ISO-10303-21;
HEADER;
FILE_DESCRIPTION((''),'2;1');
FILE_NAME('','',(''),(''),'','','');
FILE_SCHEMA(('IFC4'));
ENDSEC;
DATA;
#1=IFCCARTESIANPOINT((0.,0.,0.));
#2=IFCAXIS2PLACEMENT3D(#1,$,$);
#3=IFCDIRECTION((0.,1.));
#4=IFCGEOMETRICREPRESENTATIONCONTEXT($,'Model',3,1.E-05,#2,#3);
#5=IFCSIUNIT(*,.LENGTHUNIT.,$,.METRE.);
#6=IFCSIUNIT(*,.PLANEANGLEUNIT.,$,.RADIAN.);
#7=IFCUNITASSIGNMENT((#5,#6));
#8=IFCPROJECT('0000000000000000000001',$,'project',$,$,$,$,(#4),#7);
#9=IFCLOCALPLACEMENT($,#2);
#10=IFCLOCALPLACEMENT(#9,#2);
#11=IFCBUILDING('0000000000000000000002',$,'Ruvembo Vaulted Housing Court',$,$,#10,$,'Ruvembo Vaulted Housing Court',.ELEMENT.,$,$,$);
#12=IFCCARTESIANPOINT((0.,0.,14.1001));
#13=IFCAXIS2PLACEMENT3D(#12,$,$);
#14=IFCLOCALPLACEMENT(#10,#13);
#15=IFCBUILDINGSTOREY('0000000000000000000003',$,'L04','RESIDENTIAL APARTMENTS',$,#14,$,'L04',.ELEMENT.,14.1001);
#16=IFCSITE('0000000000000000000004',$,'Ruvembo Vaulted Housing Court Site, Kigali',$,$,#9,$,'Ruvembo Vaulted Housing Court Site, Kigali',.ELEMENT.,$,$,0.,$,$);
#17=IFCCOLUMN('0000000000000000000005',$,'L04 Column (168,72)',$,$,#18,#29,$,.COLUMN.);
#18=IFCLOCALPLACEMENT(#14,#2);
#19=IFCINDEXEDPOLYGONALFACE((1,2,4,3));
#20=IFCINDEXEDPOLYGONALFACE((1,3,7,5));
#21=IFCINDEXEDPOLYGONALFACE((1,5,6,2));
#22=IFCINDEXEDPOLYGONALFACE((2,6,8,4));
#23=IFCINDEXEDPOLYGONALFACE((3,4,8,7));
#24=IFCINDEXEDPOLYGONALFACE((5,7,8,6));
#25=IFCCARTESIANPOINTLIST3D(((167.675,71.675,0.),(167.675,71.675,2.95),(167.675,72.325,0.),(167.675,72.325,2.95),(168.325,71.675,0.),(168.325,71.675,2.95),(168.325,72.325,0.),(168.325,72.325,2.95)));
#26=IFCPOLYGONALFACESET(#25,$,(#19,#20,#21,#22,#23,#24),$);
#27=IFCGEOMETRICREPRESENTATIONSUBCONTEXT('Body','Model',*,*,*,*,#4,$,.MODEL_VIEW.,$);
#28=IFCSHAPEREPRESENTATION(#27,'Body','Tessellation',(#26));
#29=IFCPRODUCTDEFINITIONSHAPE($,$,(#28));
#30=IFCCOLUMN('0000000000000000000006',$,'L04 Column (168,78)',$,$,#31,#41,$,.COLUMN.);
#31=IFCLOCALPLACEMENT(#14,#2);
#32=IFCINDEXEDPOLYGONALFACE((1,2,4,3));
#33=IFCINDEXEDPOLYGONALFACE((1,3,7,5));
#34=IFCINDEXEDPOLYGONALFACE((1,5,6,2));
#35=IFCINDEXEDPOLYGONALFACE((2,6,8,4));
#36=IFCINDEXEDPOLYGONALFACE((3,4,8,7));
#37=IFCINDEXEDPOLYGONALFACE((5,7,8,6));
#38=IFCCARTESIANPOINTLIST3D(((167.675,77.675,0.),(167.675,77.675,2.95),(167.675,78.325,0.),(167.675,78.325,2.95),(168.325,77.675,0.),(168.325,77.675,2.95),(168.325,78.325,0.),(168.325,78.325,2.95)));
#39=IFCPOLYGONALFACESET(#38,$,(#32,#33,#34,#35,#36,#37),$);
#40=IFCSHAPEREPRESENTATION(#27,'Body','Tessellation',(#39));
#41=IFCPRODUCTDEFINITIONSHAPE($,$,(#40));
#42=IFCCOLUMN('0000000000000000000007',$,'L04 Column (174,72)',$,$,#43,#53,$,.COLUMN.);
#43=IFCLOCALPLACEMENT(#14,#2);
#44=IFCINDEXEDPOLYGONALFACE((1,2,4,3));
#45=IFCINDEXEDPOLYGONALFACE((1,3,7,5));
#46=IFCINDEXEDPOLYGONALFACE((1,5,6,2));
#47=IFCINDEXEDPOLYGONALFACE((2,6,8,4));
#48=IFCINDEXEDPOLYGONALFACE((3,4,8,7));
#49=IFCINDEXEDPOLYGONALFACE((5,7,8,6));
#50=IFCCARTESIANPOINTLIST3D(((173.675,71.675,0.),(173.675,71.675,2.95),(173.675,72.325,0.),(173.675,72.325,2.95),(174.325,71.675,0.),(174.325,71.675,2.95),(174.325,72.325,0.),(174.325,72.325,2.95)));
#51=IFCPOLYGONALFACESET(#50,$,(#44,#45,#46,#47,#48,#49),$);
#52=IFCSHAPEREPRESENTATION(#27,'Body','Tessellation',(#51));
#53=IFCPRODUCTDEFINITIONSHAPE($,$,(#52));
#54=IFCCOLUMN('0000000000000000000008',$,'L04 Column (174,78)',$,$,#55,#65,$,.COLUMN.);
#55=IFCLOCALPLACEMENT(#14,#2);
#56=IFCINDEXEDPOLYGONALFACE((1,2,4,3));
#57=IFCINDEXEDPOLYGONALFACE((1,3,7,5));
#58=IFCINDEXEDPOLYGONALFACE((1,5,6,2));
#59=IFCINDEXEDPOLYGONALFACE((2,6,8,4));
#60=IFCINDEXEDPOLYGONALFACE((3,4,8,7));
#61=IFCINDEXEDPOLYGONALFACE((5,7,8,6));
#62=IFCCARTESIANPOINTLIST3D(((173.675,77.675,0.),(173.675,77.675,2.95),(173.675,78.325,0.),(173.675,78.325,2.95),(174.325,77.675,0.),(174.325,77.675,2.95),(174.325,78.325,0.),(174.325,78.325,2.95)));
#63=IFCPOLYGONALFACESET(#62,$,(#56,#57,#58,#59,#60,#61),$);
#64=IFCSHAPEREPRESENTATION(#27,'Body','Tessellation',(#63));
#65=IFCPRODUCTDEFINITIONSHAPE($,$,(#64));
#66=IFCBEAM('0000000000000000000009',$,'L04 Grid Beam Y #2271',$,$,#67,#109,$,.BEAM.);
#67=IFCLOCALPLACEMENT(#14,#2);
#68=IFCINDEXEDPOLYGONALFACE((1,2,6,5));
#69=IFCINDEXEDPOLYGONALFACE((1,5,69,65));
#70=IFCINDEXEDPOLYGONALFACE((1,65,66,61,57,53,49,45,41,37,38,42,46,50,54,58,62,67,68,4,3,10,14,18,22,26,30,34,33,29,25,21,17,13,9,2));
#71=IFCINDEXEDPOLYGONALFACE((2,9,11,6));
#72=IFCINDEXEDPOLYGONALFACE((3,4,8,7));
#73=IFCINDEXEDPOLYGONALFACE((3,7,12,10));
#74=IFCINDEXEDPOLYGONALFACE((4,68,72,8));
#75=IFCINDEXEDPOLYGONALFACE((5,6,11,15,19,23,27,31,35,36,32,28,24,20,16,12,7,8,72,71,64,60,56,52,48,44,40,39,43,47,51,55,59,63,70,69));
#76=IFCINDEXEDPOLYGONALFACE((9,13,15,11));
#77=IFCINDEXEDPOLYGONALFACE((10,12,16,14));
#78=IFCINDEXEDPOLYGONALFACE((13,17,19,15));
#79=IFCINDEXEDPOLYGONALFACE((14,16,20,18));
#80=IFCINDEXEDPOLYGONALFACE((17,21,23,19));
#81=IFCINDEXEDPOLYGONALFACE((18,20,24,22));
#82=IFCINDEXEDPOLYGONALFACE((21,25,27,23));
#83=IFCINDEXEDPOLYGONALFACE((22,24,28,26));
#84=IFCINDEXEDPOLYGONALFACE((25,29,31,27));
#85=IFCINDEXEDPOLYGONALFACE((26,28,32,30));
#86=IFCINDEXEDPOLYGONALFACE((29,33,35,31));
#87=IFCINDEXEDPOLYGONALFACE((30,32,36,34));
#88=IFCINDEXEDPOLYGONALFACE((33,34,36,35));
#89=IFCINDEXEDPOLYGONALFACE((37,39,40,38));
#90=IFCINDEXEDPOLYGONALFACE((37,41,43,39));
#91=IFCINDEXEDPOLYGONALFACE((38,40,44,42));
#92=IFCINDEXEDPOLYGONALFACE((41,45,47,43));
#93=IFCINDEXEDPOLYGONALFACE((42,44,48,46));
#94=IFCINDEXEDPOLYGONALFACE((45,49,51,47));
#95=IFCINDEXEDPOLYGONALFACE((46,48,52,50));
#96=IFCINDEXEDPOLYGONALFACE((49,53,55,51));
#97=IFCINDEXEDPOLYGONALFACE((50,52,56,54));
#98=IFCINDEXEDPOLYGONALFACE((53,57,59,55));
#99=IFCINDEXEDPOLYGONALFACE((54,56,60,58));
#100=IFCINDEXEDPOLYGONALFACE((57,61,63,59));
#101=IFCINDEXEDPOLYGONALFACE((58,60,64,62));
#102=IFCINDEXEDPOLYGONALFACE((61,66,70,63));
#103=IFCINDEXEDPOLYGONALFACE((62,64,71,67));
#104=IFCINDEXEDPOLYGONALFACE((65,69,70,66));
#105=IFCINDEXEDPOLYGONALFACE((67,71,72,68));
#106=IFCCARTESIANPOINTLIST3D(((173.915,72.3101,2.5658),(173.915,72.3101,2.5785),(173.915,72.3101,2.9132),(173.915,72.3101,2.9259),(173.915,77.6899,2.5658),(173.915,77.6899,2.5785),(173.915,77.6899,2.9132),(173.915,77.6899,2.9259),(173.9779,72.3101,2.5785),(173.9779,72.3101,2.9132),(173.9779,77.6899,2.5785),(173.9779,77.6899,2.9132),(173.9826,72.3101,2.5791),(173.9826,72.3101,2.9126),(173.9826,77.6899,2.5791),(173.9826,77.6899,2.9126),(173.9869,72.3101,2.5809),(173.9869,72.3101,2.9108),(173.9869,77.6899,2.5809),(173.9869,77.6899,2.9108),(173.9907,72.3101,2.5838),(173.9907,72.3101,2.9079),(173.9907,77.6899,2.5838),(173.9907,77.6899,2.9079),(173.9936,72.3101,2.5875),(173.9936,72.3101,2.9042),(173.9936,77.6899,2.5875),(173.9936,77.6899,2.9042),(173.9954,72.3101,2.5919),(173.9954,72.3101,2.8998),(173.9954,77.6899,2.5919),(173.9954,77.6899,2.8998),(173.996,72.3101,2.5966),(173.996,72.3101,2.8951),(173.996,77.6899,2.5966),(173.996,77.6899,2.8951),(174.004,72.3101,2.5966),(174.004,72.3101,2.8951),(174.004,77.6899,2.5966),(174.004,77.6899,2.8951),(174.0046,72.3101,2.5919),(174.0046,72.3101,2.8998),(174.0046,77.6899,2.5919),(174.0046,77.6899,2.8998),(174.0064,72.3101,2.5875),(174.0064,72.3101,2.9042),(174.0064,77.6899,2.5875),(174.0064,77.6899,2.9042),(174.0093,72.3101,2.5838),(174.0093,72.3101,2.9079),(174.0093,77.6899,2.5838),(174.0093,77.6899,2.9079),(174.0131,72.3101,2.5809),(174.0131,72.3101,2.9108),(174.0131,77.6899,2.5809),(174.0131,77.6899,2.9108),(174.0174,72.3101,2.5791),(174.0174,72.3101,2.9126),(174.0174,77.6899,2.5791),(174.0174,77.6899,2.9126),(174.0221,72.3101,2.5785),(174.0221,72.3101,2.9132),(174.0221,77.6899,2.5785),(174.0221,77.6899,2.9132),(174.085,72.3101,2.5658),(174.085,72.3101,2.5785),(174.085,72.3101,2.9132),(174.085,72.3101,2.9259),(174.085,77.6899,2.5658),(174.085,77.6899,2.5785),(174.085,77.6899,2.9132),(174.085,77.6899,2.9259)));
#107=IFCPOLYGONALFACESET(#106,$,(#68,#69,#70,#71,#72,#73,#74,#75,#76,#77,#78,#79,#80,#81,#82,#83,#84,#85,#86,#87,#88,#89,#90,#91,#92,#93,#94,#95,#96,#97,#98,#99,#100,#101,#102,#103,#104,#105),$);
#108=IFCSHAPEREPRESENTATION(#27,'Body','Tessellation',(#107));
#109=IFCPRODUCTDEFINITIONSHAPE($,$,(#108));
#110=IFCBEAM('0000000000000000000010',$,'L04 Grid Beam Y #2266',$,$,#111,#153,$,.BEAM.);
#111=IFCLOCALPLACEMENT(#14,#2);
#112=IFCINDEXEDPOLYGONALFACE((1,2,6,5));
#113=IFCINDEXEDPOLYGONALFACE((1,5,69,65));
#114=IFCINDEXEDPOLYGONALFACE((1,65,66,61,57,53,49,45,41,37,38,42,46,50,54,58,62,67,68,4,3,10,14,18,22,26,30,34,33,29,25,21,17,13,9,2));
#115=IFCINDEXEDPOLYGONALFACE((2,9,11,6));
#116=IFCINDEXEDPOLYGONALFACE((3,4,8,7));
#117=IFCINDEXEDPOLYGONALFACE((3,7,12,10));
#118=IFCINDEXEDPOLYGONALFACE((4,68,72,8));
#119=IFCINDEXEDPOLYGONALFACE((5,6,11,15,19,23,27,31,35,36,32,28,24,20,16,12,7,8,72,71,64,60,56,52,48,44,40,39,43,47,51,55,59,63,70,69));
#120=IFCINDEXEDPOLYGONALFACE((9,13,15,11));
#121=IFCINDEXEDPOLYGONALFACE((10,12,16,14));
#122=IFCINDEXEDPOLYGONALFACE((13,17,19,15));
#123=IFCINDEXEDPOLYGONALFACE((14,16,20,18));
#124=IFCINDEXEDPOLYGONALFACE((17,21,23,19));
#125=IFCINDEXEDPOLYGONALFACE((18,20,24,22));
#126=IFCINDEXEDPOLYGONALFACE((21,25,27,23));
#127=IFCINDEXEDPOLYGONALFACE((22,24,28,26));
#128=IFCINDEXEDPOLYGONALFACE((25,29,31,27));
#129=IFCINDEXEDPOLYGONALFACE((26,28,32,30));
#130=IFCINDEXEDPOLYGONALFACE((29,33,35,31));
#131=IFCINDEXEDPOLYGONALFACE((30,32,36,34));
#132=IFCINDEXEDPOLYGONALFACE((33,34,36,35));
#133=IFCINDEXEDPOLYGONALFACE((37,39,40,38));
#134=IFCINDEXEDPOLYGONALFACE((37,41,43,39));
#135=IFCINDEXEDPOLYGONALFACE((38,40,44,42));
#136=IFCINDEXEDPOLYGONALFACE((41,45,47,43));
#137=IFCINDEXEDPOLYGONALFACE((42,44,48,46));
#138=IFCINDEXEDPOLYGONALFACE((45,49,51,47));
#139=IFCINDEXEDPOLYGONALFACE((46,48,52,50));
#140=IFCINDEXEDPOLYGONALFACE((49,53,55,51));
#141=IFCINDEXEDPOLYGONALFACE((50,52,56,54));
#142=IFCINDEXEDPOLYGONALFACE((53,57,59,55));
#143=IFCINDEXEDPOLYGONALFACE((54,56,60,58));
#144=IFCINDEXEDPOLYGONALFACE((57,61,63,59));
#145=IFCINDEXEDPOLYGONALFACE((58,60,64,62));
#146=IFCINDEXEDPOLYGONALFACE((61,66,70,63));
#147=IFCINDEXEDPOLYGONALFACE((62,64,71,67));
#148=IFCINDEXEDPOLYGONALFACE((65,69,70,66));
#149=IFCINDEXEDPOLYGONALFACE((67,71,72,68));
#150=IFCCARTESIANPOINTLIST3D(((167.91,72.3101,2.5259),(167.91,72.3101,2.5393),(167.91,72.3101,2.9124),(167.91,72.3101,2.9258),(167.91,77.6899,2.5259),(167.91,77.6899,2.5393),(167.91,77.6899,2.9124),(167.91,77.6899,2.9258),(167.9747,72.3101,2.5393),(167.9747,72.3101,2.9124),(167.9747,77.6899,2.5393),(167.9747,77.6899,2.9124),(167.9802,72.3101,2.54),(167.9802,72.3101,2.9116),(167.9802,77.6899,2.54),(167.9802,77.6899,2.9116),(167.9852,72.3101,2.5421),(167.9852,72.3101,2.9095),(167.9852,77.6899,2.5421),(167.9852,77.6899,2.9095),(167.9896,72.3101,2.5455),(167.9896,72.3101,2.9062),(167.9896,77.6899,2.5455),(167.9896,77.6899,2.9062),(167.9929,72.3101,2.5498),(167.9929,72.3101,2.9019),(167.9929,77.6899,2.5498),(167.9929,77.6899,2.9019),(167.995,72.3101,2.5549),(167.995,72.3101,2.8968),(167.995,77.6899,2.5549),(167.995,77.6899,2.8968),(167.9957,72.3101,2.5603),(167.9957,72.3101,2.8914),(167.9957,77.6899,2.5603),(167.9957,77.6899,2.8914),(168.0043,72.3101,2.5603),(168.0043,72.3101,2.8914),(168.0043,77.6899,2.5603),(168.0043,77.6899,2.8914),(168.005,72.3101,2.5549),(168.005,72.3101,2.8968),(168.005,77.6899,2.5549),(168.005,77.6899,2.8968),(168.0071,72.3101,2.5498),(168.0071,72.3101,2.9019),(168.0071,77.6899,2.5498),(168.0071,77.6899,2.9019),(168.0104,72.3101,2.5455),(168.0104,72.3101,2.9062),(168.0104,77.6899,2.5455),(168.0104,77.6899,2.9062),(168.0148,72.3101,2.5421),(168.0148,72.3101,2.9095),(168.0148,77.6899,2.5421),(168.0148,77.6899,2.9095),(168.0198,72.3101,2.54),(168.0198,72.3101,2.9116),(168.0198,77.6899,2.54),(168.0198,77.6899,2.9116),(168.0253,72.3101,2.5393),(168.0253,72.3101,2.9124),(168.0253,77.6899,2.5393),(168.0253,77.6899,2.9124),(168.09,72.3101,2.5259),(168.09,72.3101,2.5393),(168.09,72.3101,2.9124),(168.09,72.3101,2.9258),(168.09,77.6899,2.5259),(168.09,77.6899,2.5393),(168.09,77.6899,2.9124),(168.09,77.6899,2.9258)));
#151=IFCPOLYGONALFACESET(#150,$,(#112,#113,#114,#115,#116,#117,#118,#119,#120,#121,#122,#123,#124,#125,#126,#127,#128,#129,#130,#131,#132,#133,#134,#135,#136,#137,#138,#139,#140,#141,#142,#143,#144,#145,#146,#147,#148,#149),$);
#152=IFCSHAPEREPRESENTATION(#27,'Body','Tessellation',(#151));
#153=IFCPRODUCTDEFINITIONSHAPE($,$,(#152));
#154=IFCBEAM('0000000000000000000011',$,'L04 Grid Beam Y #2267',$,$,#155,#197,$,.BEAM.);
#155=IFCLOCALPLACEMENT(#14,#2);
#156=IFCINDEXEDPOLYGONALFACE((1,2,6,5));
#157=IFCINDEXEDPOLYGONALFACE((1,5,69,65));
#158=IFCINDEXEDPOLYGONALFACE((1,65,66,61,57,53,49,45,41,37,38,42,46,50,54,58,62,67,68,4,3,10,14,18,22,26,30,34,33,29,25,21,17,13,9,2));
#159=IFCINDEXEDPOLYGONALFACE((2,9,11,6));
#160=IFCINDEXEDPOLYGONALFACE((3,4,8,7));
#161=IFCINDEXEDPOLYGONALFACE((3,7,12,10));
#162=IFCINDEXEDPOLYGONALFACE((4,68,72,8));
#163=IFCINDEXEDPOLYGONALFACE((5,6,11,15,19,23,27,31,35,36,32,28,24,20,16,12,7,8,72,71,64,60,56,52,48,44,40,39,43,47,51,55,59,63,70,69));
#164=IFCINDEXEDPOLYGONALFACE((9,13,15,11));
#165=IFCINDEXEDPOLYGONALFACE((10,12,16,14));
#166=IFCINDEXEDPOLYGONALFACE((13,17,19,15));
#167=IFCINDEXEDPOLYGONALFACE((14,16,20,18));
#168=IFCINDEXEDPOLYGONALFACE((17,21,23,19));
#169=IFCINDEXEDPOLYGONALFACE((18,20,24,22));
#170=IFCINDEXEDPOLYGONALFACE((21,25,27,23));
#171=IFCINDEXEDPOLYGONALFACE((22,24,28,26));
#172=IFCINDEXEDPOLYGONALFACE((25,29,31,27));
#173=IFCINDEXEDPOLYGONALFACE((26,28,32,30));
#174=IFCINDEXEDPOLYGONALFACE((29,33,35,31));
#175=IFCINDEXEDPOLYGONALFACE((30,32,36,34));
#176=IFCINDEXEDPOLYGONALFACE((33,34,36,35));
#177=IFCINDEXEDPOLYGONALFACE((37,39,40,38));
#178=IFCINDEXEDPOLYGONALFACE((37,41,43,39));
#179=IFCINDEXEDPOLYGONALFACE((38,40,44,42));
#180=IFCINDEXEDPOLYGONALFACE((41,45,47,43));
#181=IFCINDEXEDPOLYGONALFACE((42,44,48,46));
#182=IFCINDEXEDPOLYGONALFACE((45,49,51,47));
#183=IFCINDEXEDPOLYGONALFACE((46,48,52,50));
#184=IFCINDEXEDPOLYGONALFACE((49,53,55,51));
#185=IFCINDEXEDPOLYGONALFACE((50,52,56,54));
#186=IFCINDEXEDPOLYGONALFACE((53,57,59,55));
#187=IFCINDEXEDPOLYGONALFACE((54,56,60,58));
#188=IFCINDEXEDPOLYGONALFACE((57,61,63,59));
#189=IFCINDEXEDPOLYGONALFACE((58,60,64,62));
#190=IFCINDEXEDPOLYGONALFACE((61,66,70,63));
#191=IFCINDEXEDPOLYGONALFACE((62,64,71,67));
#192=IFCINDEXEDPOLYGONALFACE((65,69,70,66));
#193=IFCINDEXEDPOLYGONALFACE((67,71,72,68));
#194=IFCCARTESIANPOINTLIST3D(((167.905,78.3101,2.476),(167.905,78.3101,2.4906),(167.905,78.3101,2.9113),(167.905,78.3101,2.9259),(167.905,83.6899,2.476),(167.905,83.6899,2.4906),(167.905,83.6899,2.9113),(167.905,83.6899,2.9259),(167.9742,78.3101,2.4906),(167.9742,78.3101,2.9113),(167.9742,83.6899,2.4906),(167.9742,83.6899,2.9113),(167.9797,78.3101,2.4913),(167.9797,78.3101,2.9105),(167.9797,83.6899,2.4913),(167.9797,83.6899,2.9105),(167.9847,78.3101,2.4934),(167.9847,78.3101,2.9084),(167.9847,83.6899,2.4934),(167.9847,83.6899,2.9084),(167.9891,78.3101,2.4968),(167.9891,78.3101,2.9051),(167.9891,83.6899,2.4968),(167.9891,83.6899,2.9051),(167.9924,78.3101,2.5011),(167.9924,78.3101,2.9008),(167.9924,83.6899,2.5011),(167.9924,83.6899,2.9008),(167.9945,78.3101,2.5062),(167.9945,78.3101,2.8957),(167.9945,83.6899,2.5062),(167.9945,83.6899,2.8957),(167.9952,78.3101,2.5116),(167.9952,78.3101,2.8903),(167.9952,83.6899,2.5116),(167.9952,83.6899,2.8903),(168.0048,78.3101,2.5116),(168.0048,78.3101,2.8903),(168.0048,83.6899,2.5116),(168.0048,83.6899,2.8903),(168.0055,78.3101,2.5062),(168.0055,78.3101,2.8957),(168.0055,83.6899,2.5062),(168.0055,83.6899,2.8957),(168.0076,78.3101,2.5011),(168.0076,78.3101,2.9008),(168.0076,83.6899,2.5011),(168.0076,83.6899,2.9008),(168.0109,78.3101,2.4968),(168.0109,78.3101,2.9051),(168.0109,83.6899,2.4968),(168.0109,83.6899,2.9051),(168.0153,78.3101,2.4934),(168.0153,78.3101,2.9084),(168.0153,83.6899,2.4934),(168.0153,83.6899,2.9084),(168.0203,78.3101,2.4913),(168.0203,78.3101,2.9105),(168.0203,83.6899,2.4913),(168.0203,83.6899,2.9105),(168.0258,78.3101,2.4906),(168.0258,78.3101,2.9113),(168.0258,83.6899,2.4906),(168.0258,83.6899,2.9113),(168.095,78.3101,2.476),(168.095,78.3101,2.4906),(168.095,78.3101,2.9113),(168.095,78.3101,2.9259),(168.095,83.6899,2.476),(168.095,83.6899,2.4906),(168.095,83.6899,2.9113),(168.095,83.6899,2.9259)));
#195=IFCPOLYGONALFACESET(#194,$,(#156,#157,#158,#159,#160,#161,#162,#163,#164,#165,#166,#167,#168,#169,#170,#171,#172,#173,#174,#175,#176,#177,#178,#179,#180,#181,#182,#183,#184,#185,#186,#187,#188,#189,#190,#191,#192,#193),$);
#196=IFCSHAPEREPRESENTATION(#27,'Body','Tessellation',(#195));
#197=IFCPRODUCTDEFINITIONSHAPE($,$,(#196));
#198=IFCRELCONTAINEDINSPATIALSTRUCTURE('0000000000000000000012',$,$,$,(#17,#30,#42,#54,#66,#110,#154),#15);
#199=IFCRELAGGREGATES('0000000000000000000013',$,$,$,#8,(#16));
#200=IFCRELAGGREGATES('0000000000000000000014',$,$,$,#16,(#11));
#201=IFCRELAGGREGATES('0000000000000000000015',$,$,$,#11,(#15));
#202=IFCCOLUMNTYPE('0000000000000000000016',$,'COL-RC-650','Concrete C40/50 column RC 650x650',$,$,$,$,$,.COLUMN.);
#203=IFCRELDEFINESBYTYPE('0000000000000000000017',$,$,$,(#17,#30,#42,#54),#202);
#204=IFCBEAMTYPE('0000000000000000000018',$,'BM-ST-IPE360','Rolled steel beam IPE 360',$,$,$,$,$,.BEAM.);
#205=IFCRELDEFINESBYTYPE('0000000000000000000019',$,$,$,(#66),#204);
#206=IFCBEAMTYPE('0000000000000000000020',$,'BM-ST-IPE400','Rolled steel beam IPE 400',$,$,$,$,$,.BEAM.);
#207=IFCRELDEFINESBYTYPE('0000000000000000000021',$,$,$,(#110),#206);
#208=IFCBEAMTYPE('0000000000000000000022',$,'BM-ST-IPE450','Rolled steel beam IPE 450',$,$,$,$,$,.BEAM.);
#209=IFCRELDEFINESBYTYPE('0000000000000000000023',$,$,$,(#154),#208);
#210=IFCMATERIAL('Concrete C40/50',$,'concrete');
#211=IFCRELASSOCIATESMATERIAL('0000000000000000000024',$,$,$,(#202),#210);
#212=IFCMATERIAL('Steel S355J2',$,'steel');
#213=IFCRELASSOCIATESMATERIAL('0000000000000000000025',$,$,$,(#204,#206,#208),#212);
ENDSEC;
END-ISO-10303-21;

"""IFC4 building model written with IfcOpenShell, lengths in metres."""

from ifc_helpers import new_model, si_unit, direction, frame, origin, origin_2d, place, context, subcontext, project, spatial, rectangle, i_section, extrude, material, material_profile, profile_set, type_object, element, save


model = new_model("IFC4")

# Units and contexts
model_context = context("Model", 3, precision=1e-05, world=origin(), true_north=direction((0.0, 1.0)))
body_context = subcontext(model_context, "Body", "Model", "MODEL_VIEW")
ifc_project = project(units=[si_unit("LENGTHUNIT", "METRE"), si_unit("PLANEANGLEUNIT", "RADIAN")], contexts=[model_context])

# Site, building, storey
site_placement = place(None, origin())
site = spatial("IfcSite", under=ifc_project, at=site_placement, Name="Ruvembo Vaulted Housing Court Site, Kigali", LongName="Ruvembo Vaulted Housing Court Site, Kigali", CompositionType="ELEMENT", RefElevation=0.0)
building_placement = place(site_placement, origin())
building = spatial("IfcBuilding", under=site, at=building_placement, Name="Ruvembo Vaulted Housing Court", LongName="Ruvembo Vaulted Housing Court", CompositionType="ELEMENT")
storey_placement = place(building_placement, frame((0.0, 0.0, 14.1001)))
storey = spatial("IfcBuildingStorey", under=building, at=storey_placement, Name="L04", Description="RESIDENTIAL APARTMENTS", LongName="L04", CompositionType="ELEMENT", Elevation=14.1001)

# Columns
ifc_material_1 = material(Name="Concrete C40/50", Category="concrete")
ifc_material_profile_1 = material_profile(ifc_material_1, rectangle(XDim=0.6499, YDim=0.6499, at=origin_2d()), Name="RC 650x650")
ifc_profile_set_1 = profile_set([ifc_material_profile_1], Name="Concrete C40/50")
column_type = type_object("IfcColumnType", Name="COL-RC-650", Description="Concrete C40/50 column RC 650x650", PredefinedType="COLUMN", material=ifc_profile_set_1)
for number, where, z_axis, x_axis, name in (
    (1, (168.0, 72.0, 0.0), (0.0, 0.0, 1.0), (1.0, 0.0, 0.0), "L04 Column (168,72)"),
    (2, (168.0, 78.0, 0.0), (0.0, 0.0, 1.0), (1.0, 0.0, 0.0), "L04 Column (168,78)"),
    (3, (174.0, 72.0, 0.0), (0.0, 0.0, 1.0), (1.0, 0.0, 0.0), "L04 Column (174,72)"),
    (4, (174.0, 78.0, 0.0), (0.0, 0.0, 1.0), (1.0, 0.0, 0.0), "L04 Column (174,78)"),
):
    element("IfcColumn", number, at=place(storey_placement, frame(where, z_axis=z_axis, x_axis=x_axis)), inside=storey, type_object=column_type, Name=name, PredefinedType="COLUMN", context=body_context, shape_type="SweptSolid", body=[
        extrude(rectangle(XDim=0.6499, YDim=0.6499, at=origin_2d()), origin(), (0.0, 0.0, 1.0), 2.95),
    ])

# Beams
ifc_material_2 = material(Name="Steel S355J2", Category="steel")
ifc_material_profile_2 = material_profile(ifc_material_2, i_section(OverallWidth=0.1699, OverallDepth=0.3601, WebThickness=0.0081, FlangeThickness=0.0127, FilletRadius=0.0181, at=origin_2d()), Name="IPE 360")
ifc_profile_set_2 = profile_set([ifc_material_profile_2], Name="Steel S355J2")
beam_type_1 = type_object("IfcBeamType", Name="BM-ST-IPE360", Description="Rolled steel beam IPE 360", PredefinedType="BEAM", material=ifc_profile_set_2)
beam_1_placement = place(storey_placement, frame((174.0, 72.3101, 2.7458), z_axis=(0.0, 1.0, 0.0), x_axis=(-1.0, 0.0, 0.0)))
element("IfcBeam", 5, at=beam_1_placement, inside=storey, type_object=beam_type_1, Name="L04 Grid Beam Y #2271", PredefinedType="BEAM", context=body_context, shape_type="SweptSolid", body=[
    extrude(i_section(OverallWidth=0.1699, OverallDepth=0.3601, WebThickness=0.0081, FlangeThickness=0.0127, FilletRadius=0.0181, at=origin_2d()), origin(), (0.0, 0.0, 1.0), 5.3799),
])
ifc_material_profile_3 = material_profile(ifc_material_2, i_section(OverallWidth=0.1799, OverallDepth=0.3999, WebThickness=0.0085, FlangeThickness=0.0134, FilletRadius=0.021, at=origin_2d()), Name="IPE 400")
ifc_profile_set_3 = profile_set([ifc_material_profile_3], Name="Steel S355J2")
beam_type_2 = type_object("IfcBeamType", Name="BM-ST-IPE400", Description="Rolled steel beam IPE 400", PredefinedType="BEAM", material=ifc_profile_set_3)
beam_2_placement = place(storey_placement, frame((168.0, 72.3101, 2.7258), z_axis=(0.0, 1.0, 0.0), x_axis=(-1.0, 0.0, 0.0)))
element("IfcBeam", 6, at=beam_2_placement, inside=storey, type_object=beam_type_2, Name="L04 Grid Beam Y #2266", PredefinedType="BEAM", context=body_context, shape_type="SweptSolid", body=[
    extrude(i_section(OverallWidth=0.1799, OverallDepth=0.3999, WebThickness=0.0085, FlangeThickness=0.0134, FilletRadius=0.021, at=origin_2d()), origin(), (0.0, 0.0, 1.0), 5.3799),
])
ifc_material_profile_4 = material_profile(ifc_material_2, i_section(OverallWidth=0.1899, OverallDepth=0.45, WebThickness=0.0095, FlangeThickness=0.0146, FilletRadius=0.021, at=origin_2d()), Name="IPE 450")
ifc_profile_set_4 = profile_set([ifc_material_profile_4], Name="Steel S355J2")
beam_type_3 = type_object("IfcBeamType", Name="BM-ST-IPE450", Description="Rolled steel beam IPE 450", PredefinedType="BEAM", material=ifc_profile_set_4)
beam_3_placement = place(storey_placement, frame((168.0, 78.3101, 2.7009), z_axis=(0.0, 1.0, 0.0), x_axis=(-1.0, 0.0, 0.0)))
element("IfcBeam", 7, at=beam_3_placement, inside=storey, type_object=beam_type_3, Name="L04 Grid Beam Y #2267", PredefinedType="BEAM", context=body_context, shape_type="SweptSolid", body=[
    extrude(i_section(OverallWidth=0.1899, OverallDepth=0.45, WebThickness=0.0095, FlangeThickness=0.0146, FilletRadius=0.021, at=origin_2d()), origin(), (0.0, 0.0, 1.0), 5.3799),
])

save(model, "model.ifc")
